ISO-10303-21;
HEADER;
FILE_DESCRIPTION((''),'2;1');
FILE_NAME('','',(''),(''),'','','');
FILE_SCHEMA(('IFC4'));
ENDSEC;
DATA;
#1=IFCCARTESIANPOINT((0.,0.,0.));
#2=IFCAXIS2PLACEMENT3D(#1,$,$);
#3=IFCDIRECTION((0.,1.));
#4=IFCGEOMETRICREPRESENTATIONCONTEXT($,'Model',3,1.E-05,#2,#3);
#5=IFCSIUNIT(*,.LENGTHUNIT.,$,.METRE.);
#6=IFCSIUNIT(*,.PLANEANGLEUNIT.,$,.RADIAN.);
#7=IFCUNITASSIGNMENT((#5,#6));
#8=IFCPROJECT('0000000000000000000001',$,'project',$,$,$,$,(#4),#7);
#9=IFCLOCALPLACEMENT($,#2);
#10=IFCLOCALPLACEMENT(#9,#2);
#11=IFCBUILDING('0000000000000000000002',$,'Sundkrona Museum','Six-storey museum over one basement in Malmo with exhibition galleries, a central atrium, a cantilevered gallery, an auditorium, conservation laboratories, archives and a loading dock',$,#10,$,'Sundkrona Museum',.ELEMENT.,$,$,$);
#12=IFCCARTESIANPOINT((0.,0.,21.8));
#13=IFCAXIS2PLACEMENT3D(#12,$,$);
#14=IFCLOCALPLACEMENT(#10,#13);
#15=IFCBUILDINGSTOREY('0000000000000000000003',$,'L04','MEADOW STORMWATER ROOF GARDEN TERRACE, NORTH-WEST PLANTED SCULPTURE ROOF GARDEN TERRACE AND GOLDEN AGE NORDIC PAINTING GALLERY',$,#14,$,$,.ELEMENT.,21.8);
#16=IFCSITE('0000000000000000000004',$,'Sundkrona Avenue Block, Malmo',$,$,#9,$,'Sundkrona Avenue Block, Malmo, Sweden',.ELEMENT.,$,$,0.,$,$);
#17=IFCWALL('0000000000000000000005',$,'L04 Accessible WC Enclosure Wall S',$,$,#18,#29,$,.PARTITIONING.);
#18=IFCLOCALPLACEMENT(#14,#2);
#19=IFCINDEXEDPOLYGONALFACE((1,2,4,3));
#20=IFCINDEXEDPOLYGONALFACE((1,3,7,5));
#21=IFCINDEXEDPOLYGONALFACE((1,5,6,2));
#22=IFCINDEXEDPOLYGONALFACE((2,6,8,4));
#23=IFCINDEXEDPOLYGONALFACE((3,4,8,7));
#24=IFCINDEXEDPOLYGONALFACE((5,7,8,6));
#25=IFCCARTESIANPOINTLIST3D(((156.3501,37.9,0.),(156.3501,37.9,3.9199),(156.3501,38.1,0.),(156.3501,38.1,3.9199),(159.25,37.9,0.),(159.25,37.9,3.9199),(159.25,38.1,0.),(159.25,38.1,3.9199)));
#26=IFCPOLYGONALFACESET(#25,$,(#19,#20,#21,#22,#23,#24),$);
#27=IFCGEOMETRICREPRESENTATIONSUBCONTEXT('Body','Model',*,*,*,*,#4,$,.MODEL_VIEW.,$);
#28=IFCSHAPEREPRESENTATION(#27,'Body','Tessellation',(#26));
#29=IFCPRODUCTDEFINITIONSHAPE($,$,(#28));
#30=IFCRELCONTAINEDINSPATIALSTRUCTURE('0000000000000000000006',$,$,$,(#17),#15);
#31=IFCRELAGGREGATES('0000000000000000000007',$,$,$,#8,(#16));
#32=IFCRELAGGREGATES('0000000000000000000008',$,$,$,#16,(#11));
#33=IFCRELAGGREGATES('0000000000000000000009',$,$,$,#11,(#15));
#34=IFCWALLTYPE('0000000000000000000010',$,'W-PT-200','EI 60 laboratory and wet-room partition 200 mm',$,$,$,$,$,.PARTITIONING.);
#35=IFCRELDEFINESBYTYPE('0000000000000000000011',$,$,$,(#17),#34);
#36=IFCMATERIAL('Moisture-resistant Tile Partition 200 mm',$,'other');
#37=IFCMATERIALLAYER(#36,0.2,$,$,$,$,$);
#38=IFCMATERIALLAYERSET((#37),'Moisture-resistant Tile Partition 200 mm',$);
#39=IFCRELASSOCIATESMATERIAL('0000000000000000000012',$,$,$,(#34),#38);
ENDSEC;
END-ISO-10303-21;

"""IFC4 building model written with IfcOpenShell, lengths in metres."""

from ifc_helpers import new_model, si_unit, direction, frame, frame_2d, origin, place, context, subcontext, project, spatial, rectangle, extrude, material, layer, layer_set, type_object, element, save


model = new_model("IFC4")

# Units and contexts
model_context = context("Model", 3, precision=1e-05, world=origin(), true_north=direction((0.0, 1.0)))
body_context = subcontext(model_context, "Body", "Model", "MODEL_VIEW")
ifc_project = project(units=[si_unit("LENGTHUNIT", "METRE"), si_unit("PLANEANGLEUNIT", "RADIAN")], contexts=[model_context])

# Site, building, storey
site_placement = place(None, origin())
site = spatial("IfcSite", under=ifc_project, at=site_placement, Name="Sundkrona Avenue Block, Malmo", LongName="Sundkrona Avenue Block, Malmo, Sweden", CompositionType="ELEMENT", RefElevation=0.0)
building_placement = place(site_placement, origin())
building = spatial("IfcBuilding", under=site, at=building_placement, Name="Sundkrona Museum", Description="Six-storey museum over one basement in Malmo with exhibition galleries, a central atrium, a cantilevered gallery, an auditorium, conservation laboratories, archives and a loading dock", LongName="Sundkrona Museum", CompositionType="ELEMENT")
storey_placement = place(building_placement, frame((0.0, 0.0, 21.8)))
storey = spatial("IfcBuildingStorey", under=building, at=storey_placement, Name="L04", Description="MEADOW STORMWATER ROOF GARDEN TERRACE, NORTH-WEST PLANTED SCULPTURE ROOF GARDEN TERRACE AND GOLDEN AGE NORDIC PAINTING GALLERY", CompositionType="ELEMENT", Elevation=21.8)

# Shared definitions
ifc_material_1 = material(Name="Moisture-resistant Tile Partition 200 mm", Category="other")
ifc_layer_1 = layer(ifc_material_1, 0.2)
ifc_layer_set_1 = layer_set([ifc_layer_1], Name="Moisture-resistant Tile Partition 200 mm")
wall_type_1 = type_object("IfcWallType", Name="W-PT-200", Description="EI 60 laboratory and wet-room partition 200 mm", PredefinedType="PARTITIONING", material=ifc_layer_set_1)

# Wall
wall_1_placement = place(storey_placement, frame((156.3501, 38.0, 0.0), z_axis=(0.0, 0.0, 1.0), x_axis=(1.0, 0.0, 0.0)))
element("IfcWall", 1, at=wall_1_placement, inside=storey, type_object=wall_type_1, Name="L04 Accessible WC Enclosure Wall S", PredefinedType="PARTITIONING", context=body_context, shape_type="SweptSolid", body=[
    extrude(rectangle(XDim=2.8999, YDim=0.2, at=frame_2d((1.45, 0.0))), origin(), (0.0, 0.0, 1.0), 3.9199),
])

save(model, "model.ifc")
